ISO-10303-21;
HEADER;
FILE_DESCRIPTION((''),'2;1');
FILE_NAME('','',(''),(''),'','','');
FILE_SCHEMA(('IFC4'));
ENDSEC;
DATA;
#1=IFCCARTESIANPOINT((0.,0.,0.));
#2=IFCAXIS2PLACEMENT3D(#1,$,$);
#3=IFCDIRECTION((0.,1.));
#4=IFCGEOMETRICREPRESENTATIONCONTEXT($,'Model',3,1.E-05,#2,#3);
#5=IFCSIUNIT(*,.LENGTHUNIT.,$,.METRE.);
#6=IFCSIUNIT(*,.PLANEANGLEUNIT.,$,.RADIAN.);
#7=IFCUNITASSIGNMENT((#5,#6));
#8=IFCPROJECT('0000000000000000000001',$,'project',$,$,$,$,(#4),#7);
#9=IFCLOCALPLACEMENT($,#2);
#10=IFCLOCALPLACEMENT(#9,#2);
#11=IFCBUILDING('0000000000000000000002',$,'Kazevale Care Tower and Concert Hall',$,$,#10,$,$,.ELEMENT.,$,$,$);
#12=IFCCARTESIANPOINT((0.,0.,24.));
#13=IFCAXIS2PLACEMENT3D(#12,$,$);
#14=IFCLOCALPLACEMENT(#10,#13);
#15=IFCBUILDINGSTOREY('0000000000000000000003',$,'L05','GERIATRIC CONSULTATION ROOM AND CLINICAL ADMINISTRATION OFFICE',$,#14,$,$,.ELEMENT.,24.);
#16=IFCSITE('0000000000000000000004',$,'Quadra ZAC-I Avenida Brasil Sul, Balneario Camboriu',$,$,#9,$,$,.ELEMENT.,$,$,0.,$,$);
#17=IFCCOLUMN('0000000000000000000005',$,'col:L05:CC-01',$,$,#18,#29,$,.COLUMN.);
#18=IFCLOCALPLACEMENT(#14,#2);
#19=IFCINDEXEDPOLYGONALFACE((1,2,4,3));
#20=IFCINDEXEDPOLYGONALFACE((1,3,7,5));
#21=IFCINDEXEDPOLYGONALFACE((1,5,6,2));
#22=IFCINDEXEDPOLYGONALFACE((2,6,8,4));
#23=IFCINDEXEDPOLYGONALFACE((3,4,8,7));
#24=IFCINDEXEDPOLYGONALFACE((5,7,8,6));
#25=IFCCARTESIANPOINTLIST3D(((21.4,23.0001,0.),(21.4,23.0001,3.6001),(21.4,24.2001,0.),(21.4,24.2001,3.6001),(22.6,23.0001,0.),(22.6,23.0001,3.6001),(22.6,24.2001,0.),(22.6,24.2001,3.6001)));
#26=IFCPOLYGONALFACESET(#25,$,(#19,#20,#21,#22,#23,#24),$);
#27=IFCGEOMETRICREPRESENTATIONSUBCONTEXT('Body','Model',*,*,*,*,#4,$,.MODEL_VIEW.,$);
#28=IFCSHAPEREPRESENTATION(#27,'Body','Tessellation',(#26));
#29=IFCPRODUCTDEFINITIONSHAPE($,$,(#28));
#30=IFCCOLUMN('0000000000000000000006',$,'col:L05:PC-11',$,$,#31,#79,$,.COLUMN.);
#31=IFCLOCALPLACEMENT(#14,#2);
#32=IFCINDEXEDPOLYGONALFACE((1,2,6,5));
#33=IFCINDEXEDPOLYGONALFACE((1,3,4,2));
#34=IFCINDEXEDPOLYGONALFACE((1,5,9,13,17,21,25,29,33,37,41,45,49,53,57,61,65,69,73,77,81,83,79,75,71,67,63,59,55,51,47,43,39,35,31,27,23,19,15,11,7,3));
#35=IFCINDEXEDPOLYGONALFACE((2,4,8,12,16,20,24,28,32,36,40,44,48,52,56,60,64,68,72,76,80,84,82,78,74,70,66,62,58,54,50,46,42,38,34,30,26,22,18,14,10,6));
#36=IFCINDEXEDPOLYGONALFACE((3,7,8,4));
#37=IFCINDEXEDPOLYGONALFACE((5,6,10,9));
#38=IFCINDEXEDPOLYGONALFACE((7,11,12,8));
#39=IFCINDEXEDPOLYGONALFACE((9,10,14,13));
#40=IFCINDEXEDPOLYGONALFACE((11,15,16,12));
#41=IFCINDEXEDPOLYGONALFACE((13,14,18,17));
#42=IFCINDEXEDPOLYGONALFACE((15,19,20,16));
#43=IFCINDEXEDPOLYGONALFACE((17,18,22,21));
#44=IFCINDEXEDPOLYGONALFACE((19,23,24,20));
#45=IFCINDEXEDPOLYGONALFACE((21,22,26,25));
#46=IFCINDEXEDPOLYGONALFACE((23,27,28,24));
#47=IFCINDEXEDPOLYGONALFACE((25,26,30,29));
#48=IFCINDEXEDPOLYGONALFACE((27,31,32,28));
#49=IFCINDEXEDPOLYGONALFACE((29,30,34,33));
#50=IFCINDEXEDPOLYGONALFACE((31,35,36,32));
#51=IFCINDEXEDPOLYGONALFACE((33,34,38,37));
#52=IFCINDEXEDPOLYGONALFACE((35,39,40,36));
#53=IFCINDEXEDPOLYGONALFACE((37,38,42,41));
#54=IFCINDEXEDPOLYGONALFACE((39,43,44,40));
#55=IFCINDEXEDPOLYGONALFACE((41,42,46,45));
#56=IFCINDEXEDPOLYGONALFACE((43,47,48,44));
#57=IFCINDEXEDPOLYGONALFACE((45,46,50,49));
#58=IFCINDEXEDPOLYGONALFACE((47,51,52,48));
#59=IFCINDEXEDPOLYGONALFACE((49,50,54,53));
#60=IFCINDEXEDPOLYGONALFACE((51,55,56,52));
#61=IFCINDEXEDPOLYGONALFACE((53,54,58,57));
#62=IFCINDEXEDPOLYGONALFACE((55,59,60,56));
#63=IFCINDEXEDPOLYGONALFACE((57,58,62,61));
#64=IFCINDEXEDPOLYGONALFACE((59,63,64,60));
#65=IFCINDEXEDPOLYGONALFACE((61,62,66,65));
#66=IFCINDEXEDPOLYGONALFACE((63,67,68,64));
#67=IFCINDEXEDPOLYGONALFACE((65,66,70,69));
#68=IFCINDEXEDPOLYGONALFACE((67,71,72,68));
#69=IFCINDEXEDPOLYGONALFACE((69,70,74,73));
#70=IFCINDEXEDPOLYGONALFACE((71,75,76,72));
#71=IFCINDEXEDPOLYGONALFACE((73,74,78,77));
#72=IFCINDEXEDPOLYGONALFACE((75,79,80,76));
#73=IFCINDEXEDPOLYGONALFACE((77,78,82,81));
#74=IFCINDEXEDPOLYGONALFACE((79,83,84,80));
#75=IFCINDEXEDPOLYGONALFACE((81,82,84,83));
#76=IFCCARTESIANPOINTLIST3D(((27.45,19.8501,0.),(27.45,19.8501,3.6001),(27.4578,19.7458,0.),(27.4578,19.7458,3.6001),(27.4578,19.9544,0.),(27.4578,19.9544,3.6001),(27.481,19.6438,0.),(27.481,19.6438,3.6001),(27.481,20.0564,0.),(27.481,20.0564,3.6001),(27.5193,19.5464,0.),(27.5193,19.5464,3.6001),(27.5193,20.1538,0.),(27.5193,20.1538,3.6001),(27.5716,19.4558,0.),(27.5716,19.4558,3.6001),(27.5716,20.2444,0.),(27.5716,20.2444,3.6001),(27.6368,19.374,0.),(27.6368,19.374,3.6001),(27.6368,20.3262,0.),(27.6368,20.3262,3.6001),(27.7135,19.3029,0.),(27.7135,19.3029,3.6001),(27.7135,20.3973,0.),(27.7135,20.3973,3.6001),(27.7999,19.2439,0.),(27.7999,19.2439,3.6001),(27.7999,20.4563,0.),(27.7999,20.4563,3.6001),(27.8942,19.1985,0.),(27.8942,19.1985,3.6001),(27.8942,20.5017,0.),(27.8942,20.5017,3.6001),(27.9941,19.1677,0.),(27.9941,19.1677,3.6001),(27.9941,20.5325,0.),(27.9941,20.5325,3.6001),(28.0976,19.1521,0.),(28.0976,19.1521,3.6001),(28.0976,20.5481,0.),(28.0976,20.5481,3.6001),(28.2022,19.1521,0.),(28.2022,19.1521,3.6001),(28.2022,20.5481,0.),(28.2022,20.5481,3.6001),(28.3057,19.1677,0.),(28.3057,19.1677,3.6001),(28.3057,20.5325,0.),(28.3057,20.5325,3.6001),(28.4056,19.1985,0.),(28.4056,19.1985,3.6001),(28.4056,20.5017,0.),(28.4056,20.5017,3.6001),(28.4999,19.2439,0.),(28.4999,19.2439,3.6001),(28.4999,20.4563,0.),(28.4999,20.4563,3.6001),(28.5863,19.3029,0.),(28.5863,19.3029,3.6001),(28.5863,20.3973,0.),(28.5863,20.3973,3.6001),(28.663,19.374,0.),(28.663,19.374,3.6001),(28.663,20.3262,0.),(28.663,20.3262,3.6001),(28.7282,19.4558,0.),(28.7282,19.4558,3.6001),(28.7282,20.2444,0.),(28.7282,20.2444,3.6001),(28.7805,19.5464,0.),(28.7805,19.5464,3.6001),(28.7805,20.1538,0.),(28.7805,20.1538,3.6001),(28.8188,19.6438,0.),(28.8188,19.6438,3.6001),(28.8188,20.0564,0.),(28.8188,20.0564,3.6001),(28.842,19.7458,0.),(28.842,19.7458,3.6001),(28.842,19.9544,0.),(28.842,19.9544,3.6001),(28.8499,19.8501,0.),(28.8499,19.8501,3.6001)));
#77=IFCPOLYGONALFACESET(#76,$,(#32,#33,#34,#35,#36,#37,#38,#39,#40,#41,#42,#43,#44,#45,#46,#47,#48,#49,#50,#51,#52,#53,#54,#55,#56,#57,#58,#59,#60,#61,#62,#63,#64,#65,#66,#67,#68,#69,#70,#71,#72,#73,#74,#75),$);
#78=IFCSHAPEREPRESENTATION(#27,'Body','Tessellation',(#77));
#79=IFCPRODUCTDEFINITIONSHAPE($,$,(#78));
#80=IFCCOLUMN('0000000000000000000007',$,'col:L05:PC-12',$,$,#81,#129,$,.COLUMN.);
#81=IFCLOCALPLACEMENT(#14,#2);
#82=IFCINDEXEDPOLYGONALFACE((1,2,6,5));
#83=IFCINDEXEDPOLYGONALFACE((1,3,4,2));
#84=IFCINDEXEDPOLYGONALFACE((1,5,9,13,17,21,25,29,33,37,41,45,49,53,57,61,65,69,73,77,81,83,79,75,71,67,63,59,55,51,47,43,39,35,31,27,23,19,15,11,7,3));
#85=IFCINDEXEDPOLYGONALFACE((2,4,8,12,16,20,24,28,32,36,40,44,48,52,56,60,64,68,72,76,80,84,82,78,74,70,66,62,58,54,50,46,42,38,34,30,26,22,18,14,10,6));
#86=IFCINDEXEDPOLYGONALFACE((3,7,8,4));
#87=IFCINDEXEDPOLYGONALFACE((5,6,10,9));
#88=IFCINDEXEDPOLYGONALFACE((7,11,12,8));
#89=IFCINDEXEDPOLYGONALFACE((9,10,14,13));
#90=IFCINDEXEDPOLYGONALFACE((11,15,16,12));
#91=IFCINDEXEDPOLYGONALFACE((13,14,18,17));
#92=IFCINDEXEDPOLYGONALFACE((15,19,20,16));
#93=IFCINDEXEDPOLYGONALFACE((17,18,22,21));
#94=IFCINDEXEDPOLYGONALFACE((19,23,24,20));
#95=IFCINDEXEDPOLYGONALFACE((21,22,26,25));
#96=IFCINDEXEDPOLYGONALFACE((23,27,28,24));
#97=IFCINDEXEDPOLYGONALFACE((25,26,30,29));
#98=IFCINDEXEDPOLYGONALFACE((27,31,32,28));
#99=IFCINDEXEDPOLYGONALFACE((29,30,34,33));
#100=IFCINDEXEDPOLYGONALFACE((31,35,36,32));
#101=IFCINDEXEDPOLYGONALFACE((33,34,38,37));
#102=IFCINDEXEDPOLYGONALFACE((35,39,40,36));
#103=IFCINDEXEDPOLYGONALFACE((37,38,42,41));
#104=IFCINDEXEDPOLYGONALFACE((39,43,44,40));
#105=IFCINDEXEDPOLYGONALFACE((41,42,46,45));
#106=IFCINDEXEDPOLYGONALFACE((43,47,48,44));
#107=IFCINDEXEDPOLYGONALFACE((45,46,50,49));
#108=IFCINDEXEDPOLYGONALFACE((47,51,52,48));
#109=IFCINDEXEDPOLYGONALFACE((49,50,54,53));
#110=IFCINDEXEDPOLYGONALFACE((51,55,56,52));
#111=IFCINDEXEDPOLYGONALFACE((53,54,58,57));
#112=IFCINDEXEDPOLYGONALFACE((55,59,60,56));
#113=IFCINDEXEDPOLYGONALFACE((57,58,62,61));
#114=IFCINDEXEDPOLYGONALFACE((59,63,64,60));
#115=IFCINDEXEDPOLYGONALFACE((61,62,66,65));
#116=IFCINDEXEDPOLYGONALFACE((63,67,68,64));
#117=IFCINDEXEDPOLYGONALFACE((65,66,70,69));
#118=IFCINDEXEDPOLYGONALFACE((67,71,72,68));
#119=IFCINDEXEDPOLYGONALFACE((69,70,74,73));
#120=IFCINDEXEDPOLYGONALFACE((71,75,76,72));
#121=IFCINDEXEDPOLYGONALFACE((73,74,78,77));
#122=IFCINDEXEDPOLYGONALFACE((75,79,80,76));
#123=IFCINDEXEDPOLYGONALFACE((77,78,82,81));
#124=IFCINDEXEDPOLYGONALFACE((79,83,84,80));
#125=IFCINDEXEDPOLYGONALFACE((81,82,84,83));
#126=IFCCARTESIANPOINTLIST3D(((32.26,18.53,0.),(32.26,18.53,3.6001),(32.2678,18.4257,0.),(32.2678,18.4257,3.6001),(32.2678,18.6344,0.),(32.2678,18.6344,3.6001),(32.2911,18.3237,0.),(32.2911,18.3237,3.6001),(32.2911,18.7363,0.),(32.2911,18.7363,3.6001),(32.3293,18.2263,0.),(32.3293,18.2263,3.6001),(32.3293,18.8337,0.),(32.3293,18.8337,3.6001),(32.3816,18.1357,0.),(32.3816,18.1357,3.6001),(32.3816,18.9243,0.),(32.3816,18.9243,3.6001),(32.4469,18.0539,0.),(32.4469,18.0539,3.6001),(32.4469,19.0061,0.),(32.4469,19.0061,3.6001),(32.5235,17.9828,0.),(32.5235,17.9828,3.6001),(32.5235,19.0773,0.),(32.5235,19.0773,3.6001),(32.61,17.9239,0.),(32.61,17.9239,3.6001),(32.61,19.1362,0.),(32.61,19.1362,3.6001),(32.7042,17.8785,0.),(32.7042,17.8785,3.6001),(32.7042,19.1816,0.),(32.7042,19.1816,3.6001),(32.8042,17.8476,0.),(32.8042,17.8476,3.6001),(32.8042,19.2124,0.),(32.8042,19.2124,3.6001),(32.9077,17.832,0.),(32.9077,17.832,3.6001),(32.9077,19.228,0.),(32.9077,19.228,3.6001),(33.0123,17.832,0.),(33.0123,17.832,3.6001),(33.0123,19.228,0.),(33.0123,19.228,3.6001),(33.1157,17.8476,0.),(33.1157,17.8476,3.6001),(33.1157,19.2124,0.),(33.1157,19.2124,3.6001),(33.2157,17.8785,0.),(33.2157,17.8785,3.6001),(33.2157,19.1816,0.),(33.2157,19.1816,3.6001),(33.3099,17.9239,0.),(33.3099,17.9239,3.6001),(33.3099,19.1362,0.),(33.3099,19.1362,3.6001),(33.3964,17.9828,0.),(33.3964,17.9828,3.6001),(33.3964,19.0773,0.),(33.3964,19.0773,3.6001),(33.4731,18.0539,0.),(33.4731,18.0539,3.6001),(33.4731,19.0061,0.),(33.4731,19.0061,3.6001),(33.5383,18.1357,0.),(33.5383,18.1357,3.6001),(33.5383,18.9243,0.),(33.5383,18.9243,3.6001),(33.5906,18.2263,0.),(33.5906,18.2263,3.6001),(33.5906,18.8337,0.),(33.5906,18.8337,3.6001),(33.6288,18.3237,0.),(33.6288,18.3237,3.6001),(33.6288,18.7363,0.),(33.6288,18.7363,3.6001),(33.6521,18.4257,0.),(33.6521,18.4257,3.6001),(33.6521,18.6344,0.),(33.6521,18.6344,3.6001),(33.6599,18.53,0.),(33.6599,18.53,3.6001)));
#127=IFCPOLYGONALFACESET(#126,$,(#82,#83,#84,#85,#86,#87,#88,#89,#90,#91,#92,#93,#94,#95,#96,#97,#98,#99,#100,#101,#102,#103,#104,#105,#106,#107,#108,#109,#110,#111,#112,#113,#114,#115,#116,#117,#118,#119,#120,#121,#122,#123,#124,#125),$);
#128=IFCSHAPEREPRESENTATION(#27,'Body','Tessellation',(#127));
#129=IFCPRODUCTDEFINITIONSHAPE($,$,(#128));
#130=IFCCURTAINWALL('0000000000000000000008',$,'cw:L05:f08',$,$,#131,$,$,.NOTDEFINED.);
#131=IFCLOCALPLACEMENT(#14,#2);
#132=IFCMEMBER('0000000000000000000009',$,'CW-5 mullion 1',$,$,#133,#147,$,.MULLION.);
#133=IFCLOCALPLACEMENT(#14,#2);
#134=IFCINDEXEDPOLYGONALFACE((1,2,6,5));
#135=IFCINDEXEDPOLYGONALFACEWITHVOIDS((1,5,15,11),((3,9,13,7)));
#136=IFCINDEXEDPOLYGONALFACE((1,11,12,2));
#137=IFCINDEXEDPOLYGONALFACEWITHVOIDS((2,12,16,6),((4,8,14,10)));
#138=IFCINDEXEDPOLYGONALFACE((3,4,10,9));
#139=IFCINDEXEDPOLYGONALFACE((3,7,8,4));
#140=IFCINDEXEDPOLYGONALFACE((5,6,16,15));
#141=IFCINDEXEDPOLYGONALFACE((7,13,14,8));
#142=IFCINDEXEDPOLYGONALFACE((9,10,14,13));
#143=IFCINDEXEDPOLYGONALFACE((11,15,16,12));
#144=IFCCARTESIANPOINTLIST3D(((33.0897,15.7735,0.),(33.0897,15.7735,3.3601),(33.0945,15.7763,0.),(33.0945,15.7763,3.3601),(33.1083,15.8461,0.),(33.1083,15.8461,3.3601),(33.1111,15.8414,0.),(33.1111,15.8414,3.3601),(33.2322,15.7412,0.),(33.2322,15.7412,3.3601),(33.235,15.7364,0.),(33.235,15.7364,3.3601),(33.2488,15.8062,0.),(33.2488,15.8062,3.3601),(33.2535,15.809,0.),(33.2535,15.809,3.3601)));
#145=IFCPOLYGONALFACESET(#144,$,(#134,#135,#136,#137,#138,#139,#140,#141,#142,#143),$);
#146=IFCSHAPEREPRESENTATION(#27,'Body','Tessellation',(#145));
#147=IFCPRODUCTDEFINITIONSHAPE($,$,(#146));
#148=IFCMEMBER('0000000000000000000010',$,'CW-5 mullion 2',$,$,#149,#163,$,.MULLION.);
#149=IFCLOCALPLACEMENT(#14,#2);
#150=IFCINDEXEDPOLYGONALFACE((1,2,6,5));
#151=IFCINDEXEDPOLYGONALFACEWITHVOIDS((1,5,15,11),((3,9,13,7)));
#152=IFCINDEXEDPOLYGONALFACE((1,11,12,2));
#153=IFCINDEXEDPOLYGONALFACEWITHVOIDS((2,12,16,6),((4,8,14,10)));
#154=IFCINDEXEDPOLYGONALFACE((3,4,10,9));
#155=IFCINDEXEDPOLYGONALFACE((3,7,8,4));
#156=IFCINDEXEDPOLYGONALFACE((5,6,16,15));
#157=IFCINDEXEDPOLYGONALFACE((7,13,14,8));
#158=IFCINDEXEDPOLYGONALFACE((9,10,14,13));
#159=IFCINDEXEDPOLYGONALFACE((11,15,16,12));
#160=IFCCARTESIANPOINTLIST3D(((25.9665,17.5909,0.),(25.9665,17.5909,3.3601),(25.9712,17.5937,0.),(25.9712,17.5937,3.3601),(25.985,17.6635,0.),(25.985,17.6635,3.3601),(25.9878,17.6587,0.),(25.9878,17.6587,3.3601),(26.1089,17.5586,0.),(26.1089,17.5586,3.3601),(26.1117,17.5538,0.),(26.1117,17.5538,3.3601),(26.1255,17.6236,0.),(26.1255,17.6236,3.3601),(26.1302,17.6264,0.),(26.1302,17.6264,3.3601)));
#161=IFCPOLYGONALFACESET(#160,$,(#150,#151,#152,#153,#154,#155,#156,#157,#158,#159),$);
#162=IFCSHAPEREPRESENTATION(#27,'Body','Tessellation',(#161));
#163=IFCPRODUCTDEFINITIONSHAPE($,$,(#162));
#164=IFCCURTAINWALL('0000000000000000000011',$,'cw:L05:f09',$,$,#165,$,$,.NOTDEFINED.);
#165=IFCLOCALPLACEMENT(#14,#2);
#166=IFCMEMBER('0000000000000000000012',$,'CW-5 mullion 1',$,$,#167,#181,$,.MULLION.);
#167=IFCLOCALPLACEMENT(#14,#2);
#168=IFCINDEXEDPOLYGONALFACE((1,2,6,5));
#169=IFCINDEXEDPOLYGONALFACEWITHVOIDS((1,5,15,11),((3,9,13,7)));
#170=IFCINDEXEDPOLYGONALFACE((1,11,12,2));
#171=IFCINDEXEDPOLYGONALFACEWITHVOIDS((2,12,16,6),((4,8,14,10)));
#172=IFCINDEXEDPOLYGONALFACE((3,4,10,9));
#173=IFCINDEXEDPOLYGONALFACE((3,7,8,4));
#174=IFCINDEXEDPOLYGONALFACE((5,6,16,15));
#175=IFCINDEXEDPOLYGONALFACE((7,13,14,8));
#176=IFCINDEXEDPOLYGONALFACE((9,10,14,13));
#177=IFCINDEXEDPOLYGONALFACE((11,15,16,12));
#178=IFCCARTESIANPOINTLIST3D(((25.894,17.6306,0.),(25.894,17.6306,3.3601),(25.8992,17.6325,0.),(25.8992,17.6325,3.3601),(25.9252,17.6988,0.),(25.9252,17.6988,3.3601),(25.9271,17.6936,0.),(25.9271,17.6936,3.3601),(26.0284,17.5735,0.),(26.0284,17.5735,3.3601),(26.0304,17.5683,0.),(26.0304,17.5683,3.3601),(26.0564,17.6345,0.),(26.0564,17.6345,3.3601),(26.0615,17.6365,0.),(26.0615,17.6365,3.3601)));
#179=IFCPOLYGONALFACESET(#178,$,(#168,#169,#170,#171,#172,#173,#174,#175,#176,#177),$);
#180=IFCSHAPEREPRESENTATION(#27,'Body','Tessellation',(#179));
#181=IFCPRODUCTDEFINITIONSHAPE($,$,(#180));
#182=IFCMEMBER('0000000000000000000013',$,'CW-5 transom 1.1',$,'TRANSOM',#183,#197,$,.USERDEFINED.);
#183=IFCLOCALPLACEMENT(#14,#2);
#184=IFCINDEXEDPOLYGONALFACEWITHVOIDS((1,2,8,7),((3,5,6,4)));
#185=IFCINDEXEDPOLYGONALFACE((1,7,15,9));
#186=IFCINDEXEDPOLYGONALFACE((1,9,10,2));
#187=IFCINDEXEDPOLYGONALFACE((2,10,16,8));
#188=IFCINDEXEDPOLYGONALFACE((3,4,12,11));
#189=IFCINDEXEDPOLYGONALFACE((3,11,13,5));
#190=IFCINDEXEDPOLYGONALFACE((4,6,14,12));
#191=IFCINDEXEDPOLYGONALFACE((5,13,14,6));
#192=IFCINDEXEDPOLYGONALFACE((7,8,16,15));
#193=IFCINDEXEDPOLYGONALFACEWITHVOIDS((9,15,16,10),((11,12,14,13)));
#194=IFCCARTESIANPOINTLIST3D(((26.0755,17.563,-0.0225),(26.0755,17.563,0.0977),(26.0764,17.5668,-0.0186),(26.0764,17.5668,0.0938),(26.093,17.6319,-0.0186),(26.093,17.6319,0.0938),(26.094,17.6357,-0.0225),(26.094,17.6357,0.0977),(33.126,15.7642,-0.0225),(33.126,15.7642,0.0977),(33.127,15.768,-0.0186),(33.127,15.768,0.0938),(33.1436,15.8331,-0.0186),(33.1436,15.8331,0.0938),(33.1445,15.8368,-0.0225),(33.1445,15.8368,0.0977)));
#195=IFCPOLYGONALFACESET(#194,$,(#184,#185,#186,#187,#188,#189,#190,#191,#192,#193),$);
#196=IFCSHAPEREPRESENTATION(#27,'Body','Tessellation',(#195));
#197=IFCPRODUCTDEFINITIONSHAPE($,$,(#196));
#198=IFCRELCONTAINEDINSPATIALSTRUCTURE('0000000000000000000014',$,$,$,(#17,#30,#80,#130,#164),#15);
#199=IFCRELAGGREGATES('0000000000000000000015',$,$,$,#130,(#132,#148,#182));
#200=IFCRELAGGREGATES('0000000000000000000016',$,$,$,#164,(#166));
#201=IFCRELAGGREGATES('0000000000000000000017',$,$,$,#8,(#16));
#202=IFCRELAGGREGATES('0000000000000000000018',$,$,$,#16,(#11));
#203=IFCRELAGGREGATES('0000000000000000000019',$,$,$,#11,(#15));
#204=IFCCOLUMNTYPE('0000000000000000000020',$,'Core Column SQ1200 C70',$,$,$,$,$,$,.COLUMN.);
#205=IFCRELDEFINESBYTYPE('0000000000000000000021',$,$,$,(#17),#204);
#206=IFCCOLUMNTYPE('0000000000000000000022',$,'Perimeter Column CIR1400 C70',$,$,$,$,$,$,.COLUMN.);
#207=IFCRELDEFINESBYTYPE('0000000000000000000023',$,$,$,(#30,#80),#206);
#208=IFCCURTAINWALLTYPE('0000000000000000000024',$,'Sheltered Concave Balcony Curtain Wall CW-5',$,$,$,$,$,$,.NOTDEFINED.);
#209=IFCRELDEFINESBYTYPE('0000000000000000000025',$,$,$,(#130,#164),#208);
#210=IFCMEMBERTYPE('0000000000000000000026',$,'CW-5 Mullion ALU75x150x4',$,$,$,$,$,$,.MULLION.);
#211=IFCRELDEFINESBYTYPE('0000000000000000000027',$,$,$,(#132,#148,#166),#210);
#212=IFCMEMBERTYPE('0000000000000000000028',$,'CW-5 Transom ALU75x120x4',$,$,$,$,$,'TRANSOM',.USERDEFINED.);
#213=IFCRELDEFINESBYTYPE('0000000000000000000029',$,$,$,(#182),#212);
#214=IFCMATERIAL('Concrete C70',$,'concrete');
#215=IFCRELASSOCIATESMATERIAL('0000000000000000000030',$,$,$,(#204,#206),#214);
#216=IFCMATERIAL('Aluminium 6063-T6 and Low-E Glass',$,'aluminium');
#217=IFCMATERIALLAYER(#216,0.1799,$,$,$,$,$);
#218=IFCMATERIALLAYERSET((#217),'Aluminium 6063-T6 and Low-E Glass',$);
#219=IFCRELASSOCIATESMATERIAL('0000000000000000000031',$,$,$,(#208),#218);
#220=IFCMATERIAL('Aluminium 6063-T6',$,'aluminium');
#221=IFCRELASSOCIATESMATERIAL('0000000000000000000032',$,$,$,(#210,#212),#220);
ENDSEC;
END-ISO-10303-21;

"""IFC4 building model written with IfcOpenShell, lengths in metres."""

from ifc_helpers import new_model, si_unit, direction, frame, origin, origin_2d, place, context, subcontext, project, spatial, rectangle, hollow_rectangle, circle, extrude, material, layer, layer_set, material_profile, profile_set, type_object, element, aggregate, save


model = new_model("IFC4")

# Units and contexts
model_context = context("Model", 3, precision=1e-05, world=origin(), true_north=direction((0.0, 1.0)))
body_context = subcontext(model_context, "Body", "Model", "MODEL_VIEW")
ifc_project = project(units=[si_unit("LENGTHUNIT", "METRE"), si_unit("PLANEANGLEUNIT", "RADIAN")], contexts=[model_context])

# Site, building, storey
site_placement = place(None, origin())
site = spatial("IfcSite", under=ifc_project, at=site_placement, Name="Quadra ZAC-I Avenida Brasil Sul, Balneario Camboriu", CompositionType="ELEMENT", RefElevation=0.0)
building_placement = place(site_placement, origin())
building = spatial("IfcBuilding", under=site, at=building_placement, Name="Kazevale Care Tower and Concert Hall", CompositionType="ELEMENT")
storey_placement = place(building_placement, frame((0.0, 0.0, 24.0)))
storey = spatial("IfcBuildingStorey", under=building, at=storey_placement, Name="L05", Description="GERIATRIC CONSULTATION ROOM AND CLINICAL ADMINISTRATION OFFICE", CompositionType="ELEMENT", Elevation=24.0)

# Columns
ifc_material_1 = material(Name="Concrete C70", Category="concrete")
ifc_material_profile_1 = material_profile(ifc_material_1, rectangle(XDim=1.2, YDim=1.2, at=origin_2d()), Name="RC-SQ1200")
ifc_profile_set_1 = profile_set([ifc_material_profile_1], Name="Concrete C70")
column_type_1 = type_object("IfcColumnType", Name="Core Column SQ1200 C70", PredefinedType="COLUMN", material=ifc_profile_set_1)
column_placement = place(storey_placement, frame((22.0, 23.6001, 0.0), z_axis=(0.0, 0.0, 1.0), x_axis=(1.0, 0.0, 0.0)))
element("IfcColumn", 1, at=column_placement, inside=storey, type_object=column_type_1, Name="col:L05:CC-01", PredefinedType="COLUMN", context=body_context, shape_type="SweptSolid", body=[
    extrude(rectangle(XDim=1.2, YDim=1.2, at=origin_2d()), origin(), (0.0, 0.0, 1.0), 3.6001),
])
ifc_material_profile_2 = material_profile(ifc_material_1, circle(Radius=0.7, at=origin_2d()), Name="RC-CIR1400")
ifc_profile_set_2 = profile_set([ifc_material_profile_2], Name="Concrete C70")
column_type_2 = type_object("IfcColumnType", Name="Perimeter Column CIR1400 C70", PredefinedType="COLUMN", material=ifc_profile_set_2)
for number, where, z_axis, x_axis, name in (
    (2, (28.1499, 19.8501, 0.0), (0.0, 0.0, 1.0), (1.0, 0.0, 0.0), "col:L05:PC-11"),
    (3, (32.96, 18.53, 0.0), (0.0, 0.0, 1.0), (1.0, 0.0, 0.0), "col:L05:PC-12"),
):
    element("IfcColumn", number, at=place(storey_placement, frame(where, z_axis=z_axis, x_axis=x_axis)), inside=storey, type_object=column_type_2, Name=name, PredefinedType="COLUMN", context=body_context, shape_type="SweptSolid", body=[
        extrude(circle(Radius=0.7, at=origin_2d()), origin(), (0.0, 0.0, 1.0), 3.6001),
    ])

# Curtain wall, members
ifc_material_2 = material(Name="Aluminium 6063-T6 and Low-E Glass", Category="aluminium")
ifc_layer_1 = layer(ifc_material_2, 0.1799)
ifc_layer_set_1 = layer_set([ifc_layer_1], Name="Aluminium 6063-T6 and Low-E Glass")
curtain_wall_type = type_object("IfcCurtainWallType", Name="Sheltered Concave Balcony Curtain Wall CW-5", PredefinedType="NOTDEFINED", material=ifc_layer_set_1)
curtain_wall_1_placement = place(storey_placement, origin())
curtain_wall_1 = element("IfcCurtainWall", 4, at=curtain_wall_1_placement, inside=storey, type_object=curtain_wall_type, Name="cw:L05:f08", PredefinedType="NOTDEFINED")
ifc_material_3 = material(Name="Aluminium 6063-T6", Category="aluminium")
ifc_material_profile_3 = material_profile(ifc_material_3, hollow_rectangle(XDim=0.075, YDim=0.1499, WallThickness=0.0039, at=origin_2d()), Name="ALU75x150x4")
ifc_profile_set_3 = profile_set([ifc_material_profile_3], Name="Aluminium 6063-T6")
member_type_1 = type_object("IfcMemberType", Name="CW-5 Mullion ALU75x150x4", PredefinedType="MULLION", material=ifc_profile_set_3)
member_1_placement = place(storey_placement, frame((33.1716, 15.7913, 0.0), z_axis=(0.0, 0.0, 1.0), x_axis=(-0.247222, -0.968959, 0.0)))
member_1 = element("IfcMember", 5, at=member_1_placement, type_object=member_type_1, Name="CW-5 mullion 1", PredefinedType="MULLION", context=body_context, shape_type="SweptSolid", body=[
    extrude(hollow_rectangle(XDim=0.075, YDim=0.1499, WallThickness=0.0039, at=origin_2d()), origin(), (0.0, 0.0, 1.0), 3.3601),
])
member_2_placement = place(storey_placement, frame((26.0483, 17.6086, 0.0), z_axis=(0.0, 0.0, 1.0), x_axis=(-0.247222, -0.968959, 0.0)))
member_2 = element("IfcMember", 6, at=member_2_placement, type_object=member_type_1, Name="CW-5 mullion 2", PredefinedType="MULLION", context=body_context, shape_type="SweptSolid", body=[
    extrude(hollow_rectangle(XDim=0.075, YDim=0.1499, WallThickness=0.0039, at=origin_2d()), origin(), (0.0, 0.0, 1.0), 3.3601),
])

# Curtain wall, member
curtain_wall_2_placement = place(storey_placement, origin())
curtain_wall_2 = element("IfcCurtainWall", 7, at=curtain_wall_2_placement, inside=storey, type_object=curtain_wall_type, Name="cw:L05:f09", PredefinedType="NOTDEFINED")
member_3_placement = place(storey_placement, frame((25.9778, 17.6335, 0.0), z_axis=(0.0, 0.0, 1.0), x_axis=(-0.41566, -0.90952, 0.0)))
member_3 = element("IfcMember", 8, at=member_3_placement, type_object=member_type_1, Name="CW-5 mullion 1", PredefinedType="MULLION", context=body_context, shape_type="SweptSolid", body=[
    extrude(hollow_rectangle(XDim=0.075, YDim=0.1499, WallThickness=0.0039, at=origin_2d()), origin(), (0.0, 0.0, 1.0), 3.3601),
])

# Member
ifc_material_profile_4 = material_profile(ifc_material_3, hollow_rectangle(XDim=0.075, YDim=0.1201, WallThickness=0.0039, at=origin_2d()), Name="ALU75x120x4")
ifc_profile_set_4 = profile_set([ifc_material_profile_4], Name="Aluminium 6063-T6")
member_type_2 = type_object("IfcMemberType", Name="CW-5 Transom ALU75x120x4", ElementType="TRANSOM", PredefinedType="USERDEFINED", material=ifc_profile_set_4)
member_4_placement = place(storey_placement, frame((33.1353, 15.8005, 0.0376), z_axis=(-0.968961, 0.247214, 0.0), x_axis=(-0.247214, -0.968961, 0.0)))
member_4 = element("IfcMember", 9, at=member_4_placement, type_object=member_type_2, Name="CW-5 transom 1.1", ObjectType="TRANSOM", PredefinedType="USERDEFINED", context=body_context, shape_type="SweptSolid", body=[
    extrude(hollow_rectangle(XDim=0.075, YDim=0.1201, WallThickness=0.0039, at=origin_2d()), origin(), (0.0, 0.0, 1.0), 7.2764),
])

aggregate(curtain_wall_1, [member_1, member_2, member_4])
aggregate(curtain_wall_2, [member_3])

save(model, "model.ifc")
